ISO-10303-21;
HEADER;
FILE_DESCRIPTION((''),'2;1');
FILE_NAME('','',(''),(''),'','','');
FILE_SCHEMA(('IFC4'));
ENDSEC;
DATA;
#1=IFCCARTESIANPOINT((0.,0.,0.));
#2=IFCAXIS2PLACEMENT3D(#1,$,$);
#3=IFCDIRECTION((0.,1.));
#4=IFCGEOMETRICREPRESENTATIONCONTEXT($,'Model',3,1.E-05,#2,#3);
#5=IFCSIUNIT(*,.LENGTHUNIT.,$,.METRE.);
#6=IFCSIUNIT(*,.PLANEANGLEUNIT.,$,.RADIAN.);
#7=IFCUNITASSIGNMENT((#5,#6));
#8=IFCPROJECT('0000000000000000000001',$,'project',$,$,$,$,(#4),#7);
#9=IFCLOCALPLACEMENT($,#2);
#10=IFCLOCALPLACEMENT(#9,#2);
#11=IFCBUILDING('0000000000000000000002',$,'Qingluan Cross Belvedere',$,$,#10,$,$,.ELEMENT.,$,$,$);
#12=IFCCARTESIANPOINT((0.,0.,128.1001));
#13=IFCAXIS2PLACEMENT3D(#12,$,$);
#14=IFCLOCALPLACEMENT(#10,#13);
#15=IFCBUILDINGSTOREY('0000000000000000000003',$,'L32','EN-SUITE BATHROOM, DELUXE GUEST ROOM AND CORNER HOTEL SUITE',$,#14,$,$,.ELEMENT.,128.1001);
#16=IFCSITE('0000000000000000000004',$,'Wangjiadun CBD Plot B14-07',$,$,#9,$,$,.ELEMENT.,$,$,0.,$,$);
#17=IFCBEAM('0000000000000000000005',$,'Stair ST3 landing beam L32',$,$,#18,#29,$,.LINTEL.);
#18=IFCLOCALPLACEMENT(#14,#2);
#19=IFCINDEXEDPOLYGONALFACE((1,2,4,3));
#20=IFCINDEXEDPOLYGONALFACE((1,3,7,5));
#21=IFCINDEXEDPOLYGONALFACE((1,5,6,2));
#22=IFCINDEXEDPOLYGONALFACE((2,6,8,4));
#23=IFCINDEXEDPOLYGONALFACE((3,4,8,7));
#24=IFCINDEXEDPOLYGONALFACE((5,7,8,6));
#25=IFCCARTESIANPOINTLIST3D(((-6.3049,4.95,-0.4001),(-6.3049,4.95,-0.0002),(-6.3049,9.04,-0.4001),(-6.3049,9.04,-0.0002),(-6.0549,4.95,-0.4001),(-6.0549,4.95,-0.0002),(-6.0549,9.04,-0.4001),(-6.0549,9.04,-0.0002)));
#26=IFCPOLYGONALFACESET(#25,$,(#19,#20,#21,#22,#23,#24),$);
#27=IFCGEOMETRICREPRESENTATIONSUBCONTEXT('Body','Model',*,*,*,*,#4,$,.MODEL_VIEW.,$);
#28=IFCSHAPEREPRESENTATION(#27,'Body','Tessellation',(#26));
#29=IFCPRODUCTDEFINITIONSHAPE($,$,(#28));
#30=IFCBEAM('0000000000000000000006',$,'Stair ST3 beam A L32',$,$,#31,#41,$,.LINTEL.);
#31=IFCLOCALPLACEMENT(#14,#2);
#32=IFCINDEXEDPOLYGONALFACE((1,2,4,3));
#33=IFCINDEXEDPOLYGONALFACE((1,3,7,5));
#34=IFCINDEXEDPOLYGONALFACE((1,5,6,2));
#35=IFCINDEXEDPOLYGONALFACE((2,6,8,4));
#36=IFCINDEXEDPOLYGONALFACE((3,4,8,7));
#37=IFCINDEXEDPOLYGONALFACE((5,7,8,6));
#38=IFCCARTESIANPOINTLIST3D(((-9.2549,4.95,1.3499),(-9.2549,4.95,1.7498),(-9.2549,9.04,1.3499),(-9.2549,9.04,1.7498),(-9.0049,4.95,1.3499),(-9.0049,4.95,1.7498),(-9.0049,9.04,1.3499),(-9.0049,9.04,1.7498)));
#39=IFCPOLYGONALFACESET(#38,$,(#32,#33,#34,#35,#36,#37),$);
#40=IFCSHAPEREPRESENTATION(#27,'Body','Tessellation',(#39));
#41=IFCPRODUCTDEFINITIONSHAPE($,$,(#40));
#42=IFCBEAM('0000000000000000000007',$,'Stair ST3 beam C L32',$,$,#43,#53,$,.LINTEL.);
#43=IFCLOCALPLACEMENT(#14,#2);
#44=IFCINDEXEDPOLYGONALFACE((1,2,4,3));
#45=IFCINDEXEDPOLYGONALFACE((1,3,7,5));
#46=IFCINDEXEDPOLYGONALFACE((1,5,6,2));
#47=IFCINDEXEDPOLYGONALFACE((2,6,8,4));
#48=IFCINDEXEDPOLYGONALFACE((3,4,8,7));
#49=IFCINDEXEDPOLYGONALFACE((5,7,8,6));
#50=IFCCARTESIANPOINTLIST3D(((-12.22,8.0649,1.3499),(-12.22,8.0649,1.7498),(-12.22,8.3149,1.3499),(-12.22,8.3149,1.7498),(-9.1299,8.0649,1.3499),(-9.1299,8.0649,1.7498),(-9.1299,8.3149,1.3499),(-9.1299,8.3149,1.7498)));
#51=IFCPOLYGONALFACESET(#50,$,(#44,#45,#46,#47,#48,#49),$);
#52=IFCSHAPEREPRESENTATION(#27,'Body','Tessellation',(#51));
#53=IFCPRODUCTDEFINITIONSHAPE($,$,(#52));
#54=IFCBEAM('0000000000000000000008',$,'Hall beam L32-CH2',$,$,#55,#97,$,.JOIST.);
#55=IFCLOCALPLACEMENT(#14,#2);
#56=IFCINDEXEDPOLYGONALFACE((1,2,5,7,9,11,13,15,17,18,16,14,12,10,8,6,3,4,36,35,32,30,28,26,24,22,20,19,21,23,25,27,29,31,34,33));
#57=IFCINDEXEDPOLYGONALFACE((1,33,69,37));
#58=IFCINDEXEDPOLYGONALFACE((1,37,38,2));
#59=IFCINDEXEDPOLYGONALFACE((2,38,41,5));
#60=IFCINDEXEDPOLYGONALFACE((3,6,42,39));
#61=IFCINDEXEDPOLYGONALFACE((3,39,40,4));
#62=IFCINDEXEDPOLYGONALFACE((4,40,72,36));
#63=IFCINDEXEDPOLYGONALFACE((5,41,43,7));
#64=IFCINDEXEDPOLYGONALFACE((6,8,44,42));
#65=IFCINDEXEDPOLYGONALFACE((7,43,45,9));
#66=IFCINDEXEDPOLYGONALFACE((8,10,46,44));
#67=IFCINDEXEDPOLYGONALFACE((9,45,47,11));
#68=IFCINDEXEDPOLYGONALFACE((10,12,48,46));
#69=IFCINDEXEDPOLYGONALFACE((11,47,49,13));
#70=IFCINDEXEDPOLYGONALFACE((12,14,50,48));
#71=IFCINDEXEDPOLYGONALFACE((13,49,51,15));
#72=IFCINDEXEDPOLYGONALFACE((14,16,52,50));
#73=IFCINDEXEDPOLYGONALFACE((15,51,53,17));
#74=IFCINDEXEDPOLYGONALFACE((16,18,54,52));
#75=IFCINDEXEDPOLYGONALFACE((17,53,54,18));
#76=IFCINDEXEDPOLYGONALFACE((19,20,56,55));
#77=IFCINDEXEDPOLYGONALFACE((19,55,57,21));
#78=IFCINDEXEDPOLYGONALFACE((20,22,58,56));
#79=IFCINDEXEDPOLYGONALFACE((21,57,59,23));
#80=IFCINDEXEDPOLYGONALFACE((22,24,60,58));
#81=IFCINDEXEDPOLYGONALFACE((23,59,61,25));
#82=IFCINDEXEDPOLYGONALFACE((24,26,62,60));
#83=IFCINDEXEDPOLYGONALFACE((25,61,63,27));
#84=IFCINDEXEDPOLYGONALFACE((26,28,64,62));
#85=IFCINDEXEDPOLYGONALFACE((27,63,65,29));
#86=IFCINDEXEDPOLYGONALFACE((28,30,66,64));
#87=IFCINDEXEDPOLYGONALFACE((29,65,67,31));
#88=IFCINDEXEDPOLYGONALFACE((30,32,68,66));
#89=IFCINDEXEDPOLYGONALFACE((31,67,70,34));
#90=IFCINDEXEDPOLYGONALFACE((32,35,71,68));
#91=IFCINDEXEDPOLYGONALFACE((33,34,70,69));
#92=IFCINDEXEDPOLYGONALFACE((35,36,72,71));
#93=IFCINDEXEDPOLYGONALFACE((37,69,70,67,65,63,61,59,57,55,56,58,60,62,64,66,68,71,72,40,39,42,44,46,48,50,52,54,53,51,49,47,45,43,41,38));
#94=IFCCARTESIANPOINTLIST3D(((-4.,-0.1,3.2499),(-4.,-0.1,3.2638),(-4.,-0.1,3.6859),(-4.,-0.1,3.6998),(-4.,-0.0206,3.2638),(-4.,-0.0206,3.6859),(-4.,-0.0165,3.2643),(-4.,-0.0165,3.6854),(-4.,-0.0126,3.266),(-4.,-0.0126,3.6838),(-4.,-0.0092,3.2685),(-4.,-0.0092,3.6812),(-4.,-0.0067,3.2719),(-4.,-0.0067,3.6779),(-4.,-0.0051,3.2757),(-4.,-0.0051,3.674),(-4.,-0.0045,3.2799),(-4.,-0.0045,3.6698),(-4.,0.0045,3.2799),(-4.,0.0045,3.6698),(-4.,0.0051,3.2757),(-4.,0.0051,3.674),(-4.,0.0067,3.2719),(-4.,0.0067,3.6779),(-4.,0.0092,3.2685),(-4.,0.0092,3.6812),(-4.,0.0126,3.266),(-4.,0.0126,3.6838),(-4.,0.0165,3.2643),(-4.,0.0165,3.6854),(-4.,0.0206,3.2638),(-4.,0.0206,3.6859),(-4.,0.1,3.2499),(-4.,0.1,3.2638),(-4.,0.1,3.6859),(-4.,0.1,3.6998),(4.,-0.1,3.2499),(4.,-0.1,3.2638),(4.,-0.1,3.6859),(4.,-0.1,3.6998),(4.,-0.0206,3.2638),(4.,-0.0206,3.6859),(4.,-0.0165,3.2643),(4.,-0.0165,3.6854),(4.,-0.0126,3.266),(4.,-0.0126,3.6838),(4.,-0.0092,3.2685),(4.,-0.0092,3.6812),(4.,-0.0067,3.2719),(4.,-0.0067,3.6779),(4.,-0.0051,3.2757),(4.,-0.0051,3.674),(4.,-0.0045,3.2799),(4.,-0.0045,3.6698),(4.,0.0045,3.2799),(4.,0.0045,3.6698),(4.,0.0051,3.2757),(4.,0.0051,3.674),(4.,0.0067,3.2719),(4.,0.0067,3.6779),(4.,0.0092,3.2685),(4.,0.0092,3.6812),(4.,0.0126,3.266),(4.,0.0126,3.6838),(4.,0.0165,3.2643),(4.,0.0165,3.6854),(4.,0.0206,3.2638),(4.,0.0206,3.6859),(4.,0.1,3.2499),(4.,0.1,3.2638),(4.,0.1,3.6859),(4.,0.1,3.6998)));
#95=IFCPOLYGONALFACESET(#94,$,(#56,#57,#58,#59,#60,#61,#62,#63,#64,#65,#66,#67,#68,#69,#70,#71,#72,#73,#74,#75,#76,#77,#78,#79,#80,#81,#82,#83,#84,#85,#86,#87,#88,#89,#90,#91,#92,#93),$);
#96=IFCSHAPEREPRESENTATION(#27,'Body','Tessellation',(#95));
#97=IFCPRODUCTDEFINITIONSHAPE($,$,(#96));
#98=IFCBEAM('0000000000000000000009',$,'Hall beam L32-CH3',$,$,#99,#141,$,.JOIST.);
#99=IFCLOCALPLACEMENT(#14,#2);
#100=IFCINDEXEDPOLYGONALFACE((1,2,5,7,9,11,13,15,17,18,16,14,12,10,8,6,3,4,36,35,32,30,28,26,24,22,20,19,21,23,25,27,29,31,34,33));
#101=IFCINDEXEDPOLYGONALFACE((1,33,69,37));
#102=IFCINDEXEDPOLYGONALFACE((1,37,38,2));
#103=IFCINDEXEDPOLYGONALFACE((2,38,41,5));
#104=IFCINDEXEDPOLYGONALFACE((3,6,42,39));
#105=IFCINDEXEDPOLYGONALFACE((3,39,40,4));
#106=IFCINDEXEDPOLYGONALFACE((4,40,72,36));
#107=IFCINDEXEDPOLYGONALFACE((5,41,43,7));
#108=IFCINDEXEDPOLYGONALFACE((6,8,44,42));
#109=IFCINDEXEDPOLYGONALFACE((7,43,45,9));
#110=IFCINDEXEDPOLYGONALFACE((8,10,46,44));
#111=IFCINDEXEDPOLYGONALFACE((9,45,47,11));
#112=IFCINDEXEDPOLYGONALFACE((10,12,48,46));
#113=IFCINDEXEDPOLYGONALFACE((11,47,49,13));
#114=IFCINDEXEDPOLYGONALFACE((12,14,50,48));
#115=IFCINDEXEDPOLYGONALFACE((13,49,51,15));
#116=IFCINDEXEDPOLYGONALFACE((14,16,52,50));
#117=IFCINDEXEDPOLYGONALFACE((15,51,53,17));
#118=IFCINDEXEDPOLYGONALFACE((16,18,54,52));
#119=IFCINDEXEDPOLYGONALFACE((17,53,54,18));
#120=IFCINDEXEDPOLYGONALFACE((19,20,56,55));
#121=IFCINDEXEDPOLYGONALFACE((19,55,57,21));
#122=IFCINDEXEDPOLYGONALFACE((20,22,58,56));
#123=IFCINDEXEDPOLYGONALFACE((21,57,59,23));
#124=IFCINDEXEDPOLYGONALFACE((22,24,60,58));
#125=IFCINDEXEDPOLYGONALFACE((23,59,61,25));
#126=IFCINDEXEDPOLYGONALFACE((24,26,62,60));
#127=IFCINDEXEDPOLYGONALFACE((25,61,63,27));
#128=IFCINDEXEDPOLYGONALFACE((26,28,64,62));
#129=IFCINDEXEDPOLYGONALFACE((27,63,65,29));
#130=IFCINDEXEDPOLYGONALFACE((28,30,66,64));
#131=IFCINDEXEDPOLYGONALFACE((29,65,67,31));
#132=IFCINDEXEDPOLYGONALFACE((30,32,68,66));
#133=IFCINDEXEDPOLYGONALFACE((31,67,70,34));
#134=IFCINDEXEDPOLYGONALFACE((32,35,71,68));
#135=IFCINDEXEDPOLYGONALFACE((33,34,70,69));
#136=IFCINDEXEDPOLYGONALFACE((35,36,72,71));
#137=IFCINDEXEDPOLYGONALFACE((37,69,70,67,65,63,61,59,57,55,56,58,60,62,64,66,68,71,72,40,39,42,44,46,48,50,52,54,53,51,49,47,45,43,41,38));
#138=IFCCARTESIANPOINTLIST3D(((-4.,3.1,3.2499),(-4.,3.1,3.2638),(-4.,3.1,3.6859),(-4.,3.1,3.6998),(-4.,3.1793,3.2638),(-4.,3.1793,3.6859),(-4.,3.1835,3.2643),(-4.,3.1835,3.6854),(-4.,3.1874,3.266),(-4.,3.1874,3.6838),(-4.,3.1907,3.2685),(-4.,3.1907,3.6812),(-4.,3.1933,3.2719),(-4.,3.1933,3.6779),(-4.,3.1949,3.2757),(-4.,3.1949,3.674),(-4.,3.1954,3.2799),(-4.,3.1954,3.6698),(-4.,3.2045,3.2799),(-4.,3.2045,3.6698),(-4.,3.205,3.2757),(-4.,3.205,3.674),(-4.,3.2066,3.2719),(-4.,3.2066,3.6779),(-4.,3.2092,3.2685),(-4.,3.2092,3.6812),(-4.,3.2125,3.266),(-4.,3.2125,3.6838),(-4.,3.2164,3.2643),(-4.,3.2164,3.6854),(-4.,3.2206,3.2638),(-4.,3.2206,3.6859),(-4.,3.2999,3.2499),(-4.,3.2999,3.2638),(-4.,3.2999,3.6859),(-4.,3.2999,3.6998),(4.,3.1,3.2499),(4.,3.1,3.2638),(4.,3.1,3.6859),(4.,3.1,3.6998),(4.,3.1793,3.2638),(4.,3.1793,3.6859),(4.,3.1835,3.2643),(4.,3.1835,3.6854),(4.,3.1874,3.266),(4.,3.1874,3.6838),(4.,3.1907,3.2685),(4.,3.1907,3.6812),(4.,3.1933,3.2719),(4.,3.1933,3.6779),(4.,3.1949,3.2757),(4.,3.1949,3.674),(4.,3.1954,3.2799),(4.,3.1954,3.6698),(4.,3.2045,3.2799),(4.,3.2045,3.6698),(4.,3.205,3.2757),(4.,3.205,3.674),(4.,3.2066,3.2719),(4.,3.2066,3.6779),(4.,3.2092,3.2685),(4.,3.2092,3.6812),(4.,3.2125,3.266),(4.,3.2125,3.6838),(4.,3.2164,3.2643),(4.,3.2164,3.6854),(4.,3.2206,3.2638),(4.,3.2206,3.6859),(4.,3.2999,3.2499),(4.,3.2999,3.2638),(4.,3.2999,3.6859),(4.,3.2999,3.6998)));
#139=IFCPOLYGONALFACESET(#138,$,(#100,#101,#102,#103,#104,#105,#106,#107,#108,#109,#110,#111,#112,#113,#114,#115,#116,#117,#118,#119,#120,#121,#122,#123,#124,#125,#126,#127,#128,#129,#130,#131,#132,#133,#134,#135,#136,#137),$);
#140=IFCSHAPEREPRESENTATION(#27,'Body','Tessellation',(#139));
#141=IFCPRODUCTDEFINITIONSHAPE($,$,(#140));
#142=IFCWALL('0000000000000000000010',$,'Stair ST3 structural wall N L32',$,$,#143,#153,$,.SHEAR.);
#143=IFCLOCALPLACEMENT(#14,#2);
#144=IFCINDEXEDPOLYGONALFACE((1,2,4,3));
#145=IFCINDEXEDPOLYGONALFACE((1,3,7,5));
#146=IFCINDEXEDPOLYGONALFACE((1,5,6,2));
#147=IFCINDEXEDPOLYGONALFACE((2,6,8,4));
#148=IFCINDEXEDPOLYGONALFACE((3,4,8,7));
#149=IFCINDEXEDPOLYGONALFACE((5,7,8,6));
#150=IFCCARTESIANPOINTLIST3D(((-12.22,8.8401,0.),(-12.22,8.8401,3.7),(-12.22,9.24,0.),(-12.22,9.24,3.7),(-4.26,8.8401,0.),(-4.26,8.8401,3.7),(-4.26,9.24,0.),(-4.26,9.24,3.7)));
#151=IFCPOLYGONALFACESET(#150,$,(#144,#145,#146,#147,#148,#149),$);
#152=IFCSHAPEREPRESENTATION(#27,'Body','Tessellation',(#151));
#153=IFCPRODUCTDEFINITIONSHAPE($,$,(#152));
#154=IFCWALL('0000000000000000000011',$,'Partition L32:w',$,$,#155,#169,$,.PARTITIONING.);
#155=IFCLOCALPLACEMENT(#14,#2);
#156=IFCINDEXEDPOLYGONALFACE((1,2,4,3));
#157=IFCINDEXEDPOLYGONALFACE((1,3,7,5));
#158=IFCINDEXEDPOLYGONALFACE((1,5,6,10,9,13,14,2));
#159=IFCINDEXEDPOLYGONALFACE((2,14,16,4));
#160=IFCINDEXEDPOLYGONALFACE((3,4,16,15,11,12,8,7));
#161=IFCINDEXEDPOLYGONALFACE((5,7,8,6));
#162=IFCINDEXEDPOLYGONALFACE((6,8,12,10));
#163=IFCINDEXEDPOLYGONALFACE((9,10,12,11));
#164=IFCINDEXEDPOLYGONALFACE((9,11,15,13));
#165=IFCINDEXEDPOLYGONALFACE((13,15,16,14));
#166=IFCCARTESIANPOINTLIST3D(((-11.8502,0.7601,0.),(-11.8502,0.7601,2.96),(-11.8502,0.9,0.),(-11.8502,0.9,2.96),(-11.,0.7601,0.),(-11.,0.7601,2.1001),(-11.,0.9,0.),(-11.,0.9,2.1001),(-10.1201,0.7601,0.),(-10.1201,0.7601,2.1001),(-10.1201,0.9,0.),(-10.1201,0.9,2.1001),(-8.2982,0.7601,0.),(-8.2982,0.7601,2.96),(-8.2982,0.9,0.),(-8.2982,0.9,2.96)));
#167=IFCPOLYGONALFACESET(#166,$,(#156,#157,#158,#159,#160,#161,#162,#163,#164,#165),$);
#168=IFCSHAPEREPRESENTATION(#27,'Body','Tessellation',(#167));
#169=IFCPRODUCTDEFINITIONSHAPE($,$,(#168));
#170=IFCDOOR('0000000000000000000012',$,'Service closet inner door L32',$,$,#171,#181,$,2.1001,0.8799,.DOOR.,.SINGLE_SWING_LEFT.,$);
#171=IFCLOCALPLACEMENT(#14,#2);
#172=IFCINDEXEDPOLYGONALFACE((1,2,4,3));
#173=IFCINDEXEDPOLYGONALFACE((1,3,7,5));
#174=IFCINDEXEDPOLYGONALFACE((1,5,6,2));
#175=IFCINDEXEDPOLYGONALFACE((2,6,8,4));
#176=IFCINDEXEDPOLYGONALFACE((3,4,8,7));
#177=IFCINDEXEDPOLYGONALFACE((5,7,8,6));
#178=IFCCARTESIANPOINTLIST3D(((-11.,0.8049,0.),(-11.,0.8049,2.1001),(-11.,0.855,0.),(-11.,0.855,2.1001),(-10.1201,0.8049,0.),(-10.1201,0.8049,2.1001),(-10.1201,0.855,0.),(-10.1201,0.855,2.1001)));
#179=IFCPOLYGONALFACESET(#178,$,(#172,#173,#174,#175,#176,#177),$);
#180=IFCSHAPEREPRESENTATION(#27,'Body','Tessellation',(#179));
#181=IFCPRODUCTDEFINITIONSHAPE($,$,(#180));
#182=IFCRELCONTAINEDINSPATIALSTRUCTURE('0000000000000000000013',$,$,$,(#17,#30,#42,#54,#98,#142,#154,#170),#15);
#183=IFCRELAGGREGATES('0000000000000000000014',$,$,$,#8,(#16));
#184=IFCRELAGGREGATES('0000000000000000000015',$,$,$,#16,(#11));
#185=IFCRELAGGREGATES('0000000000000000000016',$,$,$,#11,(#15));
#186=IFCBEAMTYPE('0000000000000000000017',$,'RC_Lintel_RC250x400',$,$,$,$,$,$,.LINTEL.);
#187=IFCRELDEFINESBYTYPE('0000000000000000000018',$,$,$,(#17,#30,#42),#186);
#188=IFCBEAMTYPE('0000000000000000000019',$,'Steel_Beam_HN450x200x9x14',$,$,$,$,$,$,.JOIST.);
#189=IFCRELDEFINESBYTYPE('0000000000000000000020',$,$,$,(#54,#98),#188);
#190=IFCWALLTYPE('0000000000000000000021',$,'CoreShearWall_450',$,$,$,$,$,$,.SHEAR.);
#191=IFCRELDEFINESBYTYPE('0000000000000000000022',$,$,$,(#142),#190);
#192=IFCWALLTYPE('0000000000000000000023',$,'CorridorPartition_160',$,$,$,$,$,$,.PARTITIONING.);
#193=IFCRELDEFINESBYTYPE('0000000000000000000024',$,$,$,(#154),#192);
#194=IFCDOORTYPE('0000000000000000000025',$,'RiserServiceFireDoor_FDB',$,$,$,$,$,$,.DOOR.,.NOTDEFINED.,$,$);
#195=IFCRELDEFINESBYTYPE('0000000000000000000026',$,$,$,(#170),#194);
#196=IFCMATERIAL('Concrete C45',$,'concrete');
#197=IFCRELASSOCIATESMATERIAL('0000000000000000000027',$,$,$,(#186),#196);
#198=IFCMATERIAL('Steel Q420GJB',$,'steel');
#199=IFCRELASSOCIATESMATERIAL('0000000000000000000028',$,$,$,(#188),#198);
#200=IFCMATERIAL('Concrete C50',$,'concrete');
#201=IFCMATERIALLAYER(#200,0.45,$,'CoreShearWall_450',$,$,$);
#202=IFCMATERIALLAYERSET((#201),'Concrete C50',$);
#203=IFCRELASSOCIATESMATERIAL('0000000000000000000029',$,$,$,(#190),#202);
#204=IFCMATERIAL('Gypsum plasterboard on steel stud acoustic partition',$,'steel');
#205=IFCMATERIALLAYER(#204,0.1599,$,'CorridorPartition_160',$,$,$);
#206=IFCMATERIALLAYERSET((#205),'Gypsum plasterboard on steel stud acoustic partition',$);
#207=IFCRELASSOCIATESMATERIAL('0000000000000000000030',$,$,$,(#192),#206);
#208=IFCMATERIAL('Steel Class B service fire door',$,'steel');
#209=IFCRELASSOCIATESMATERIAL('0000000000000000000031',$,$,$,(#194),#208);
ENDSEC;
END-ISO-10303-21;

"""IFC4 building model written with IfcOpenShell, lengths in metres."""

from ifc_helpers import new_model, si_unit, direction, frame, frame_2d, origin, origin_2d, place, context, subcontext, project, spatial, rectangle, i_section, extrude, material, layer, layer_set, material_profile, profile_set, type_object, element, fill, save


model = new_model("IFC4")

# Units and contexts
model_context = context("Model", 3, precision=1e-05, world=origin(), true_north=direction((0.0, 1.0)))
body_context = subcontext(model_context, "Body", "Model", "MODEL_VIEW")
ifc_project = project(units=[si_unit("LENGTHUNIT", "METRE"), si_unit("PLANEANGLEUNIT", "RADIAN")], contexts=[model_context])

# Site, building, storey
site_placement = place(None, origin())
site = spatial("IfcSite", under=ifc_project, at=site_placement, Name="Wangjiadun CBD Plot B14-07", CompositionType="ELEMENT", RefElevation=0.0)
building_placement = place(site_placement, origin())
building = spatial("IfcBuilding", under=site, at=building_placement, Name="Qingluan Cross Belvedere", CompositionType="ELEMENT")
storey_placement = place(building_placement, frame((0.0, 0.0, 128.1001)))
storey = spatial("IfcBuildingStorey", under=building, at=storey_placement, Name="L32", Description="EN-SUITE BATHROOM, DELUXE GUEST ROOM AND CORNER HOTEL SUITE", CompositionType="ELEMENT", Elevation=128.1001)

# Beams
ifc_material_1 = material(Name="Concrete C45", Category="concrete")
ifc_material_profile_1 = material_profile(ifc_material_1, rectangle(XDim=0.25, YDim=0.3999, at=origin_2d()), Name="RC250x400")
ifc_profile_set_1 = profile_set([ifc_material_profile_1], Name="Concrete C45")
beam_type_1 = type_object("IfcBeamType", Name="RC_Lintel_RC250x400", PredefinedType="LINTEL", material=ifc_profile_set_1)
for number, where, z_axis, x_axis, name in (
    (1, (-6.1799, 4.95, -0.2002), (0.0, 1.0, 0.0), (-1.0, 0.0, 0.0), "Stair ST3 landing beam L32"),
    (2, (-9.1299, 4.95, 1.5498), (0.0, 1.0, 0.0), (-1.0, 0.0, 0.0), "Stair ST3 beam A L32"),
):
    element("IfcBeam", number, at=place(storey_placement, frame(where, z_axis=z_axis, x_axis=x_axis)), inside=storey, type_object=beam_type_1, Name=name, PredefinedType="LINTEL", context=body_context, shape_type="SweptSolid", body=[
        extrude(rectangle(XDim=0.25, YDim=0.3999, at=origin_2d()), origin(), (0.0, 0.0, 1.0), 4.0901),
    ])
beam_placement = place(storey_placement, frame((-12.22, 8.1899, 1.5498), z_axis=(1.0, 0.0, 0.0), x_axis=(0.0, 1.0, 0.0)))
element("IfcBeam", 3, at=beam_placement, inside=storey, type_object=beam_type_1, Name="Stair ST3 beam C L32", PredefinedType="LINTEL", context=body_context, shape_type="SweptSolid", body=[
    extrude(rectangle(XDim=0.25, YDim=0.3999, at=origin_2d()), origin(), (0.0, 0.0, 1.0), 3.0901),
])
ifc_material_2 = material(Name="Steel Q420GJB", Category="steel")
ifc_material_profile_2 = material_profile(ifc_material_2, i_section(OverallWidth=0.2, OverallDepth=0.45, WebThickness=0.009, FlangeThickness=0.0139, FilletRadius=0.0161, at=origin_2d()), Name="HN450x200x9x14")
ifc_profile_set_2 = profile_set([ifc_material_profile_2], Name="Steel Q420GJB")
beam_type_2 = type_object("IfcBeamType", Name="Steel_Beam_HN450x200x9x14", PredefinedType="JOIST", material=ifc_profile_set_2)
for number, where, z_axis, x_axis, name in (
    (4, (-4.0, 0.0, 3.4749), (1.0, 0.0, 0.0), (0.0, 1.0, 0.0), "Hall beam L32-CH2"),
    (5, (-4.0, 3.2, 3.4749), (1.0, 0.0, 0.0), (0.0, 1.0, 0.0), "Hall beam L32-CH3"),
):
    element("IfcBeam", number, at=place(storey_placement, frame(where, z_axis=z_axis, x_axis=x_axis)), inside=storey, type_object=beam_type_2, Name=name, PredefinedType="JOIST", context=body_context, shape_type="SweptSolid", body=[
        extrude(i_section(OverallWidth=0.2, OverallDepth=0.45, WebThickness=0.009, FlangeThickness=0.0139, FilletRadius=0.0161, at=origin_2d()), origin(), (0.0, 0.0, 1.0), 8.0),
    ])

# Wall
ifc_material_3 = material(Name="Concrete C50", Category="concrete")
ifc_layer_1 = layer(ifc_material_3, 0.45, Name="CoreShearWall_450")
ifc_layer_set_1 = layer_set([ifc_layer_1], Name="Concrete C50")
wall_type_1 = type_object("IfcWallType", Name="CoreShearWall_450", PredefinedType="SHEAR", material=ifc_layer_set_1)
wall_1_placement = place(storey_placement, frame((-12.22, 9.04, 0.0), z_axis=(0.0, 0.0, 1.0), x_axis=(1.0, 0.0, 0.0)))
element("IfcWall", 6, at=wall_1_placement, inside=storey, type_object=wall_type_1, Name="Stair ST3 structural wall N L32", PredefinedType="SHEAR", context=body_context, shape_type="SweptSolid", body=[
    extrude(rectangle(XDim=7.96, YDim=0.3999, at=frame_2d((3.98, 0.0))), origin(), (0.0, 0.0, 1.0), 3.7),
])

# Wall, opening, door
ifc_material_4 = material(Name="Gypsum plasterboard on steel stud acoustic partition", Category="steel")
ifc_layer_2 = layer(ifc_material_4, 0.1599, Name="CorridorPartition_160")
ifc_layer_set_2 = layer_set([ifc_layer_2], Name="Gypsum plasterboard on steel stud acoustic partition")
wall_type_2 = type_object("IfcWallType", Name="CorridorPartition_160", PredefinedType="PARTITIONING", material=ifc_layer_set_2)
wall_2_placement = place(storey_placement, frame((-11.8501, 0.8301, 0.0), z_axis=(0.0, 0.0, 1.0), x_axis=(1.0, 0.0, 0.0)))
wall_2 = element("IfcWall", 7, at=wall_2_placement, inside=storey, type_object=wall_type_2, Name="Partition L32:w", PredefinedType="PARTITIONING", context=body_context, shape_type="SweptSolid", body=[
    extrude(rectangle(XDim=3.552, YDim=0.1399, at=frame_2d((1.7759, 0.0))), origin(), (0.0, 0.0, 1.0), 2.96),
])
opening_1_placement = place(wall_2_placement, frame((0.8501, 0.0, 0.0)))
opening_1 = element("IfcOpeningElement", 8, at=opening_1_placement, cuts=wall_2, PredefinedType="OPENING", context=body_context, shape_type="SweptSolid", body=[
    extrude(rectangle(XDim=0.8799, YDim=2.1001, at=frame_2d((0.4399, 1.05))), frame((0.0, 0.0798, 0.0), z_axis=(0.0, -1.0, 0.0), x_axis=(1.0, 0.0, 0.0)), (0.0, 0.0, 1.0), 0.1599),
])
ifc_material_5 = material(Name="Steel Class B service fire door", Category="steel")
door_type_1 = type_object("IfcDoorType", Name="RiserServiceFireDoor_FDB", OperationType="NOTDEFINED", PredefinedType="DOOR", material=ifc_material_5)
door_1_placement = place(opening_1_placement, origin())
door_1 = element("IfcDoor", 9, at=door_1_placement, inside=storey, type_object=door_type_1, Name="Service closet inner door L32", OperationType="SINGLE_SWING_LEFT", OverallHeight=2.1001, OverallWidth=0.8799, PredefinedType="DOOR", context=body_context, shape_type="SweptSolid", body=[
    extrude(rectangle(XDim=0.8799, YDim=2.1001, at=frame_2d((0.4399, 1.05))), frame((0.0, 0.0249, 0.0), z_axis=(0.0, -1.0, 0.0), x_axis=(1.0, 0.0, 0.0)), (0.0, 0.0, 1.0), 0.05),
])
fill(opening_1, door_1)

save(model, "model.ifc")
